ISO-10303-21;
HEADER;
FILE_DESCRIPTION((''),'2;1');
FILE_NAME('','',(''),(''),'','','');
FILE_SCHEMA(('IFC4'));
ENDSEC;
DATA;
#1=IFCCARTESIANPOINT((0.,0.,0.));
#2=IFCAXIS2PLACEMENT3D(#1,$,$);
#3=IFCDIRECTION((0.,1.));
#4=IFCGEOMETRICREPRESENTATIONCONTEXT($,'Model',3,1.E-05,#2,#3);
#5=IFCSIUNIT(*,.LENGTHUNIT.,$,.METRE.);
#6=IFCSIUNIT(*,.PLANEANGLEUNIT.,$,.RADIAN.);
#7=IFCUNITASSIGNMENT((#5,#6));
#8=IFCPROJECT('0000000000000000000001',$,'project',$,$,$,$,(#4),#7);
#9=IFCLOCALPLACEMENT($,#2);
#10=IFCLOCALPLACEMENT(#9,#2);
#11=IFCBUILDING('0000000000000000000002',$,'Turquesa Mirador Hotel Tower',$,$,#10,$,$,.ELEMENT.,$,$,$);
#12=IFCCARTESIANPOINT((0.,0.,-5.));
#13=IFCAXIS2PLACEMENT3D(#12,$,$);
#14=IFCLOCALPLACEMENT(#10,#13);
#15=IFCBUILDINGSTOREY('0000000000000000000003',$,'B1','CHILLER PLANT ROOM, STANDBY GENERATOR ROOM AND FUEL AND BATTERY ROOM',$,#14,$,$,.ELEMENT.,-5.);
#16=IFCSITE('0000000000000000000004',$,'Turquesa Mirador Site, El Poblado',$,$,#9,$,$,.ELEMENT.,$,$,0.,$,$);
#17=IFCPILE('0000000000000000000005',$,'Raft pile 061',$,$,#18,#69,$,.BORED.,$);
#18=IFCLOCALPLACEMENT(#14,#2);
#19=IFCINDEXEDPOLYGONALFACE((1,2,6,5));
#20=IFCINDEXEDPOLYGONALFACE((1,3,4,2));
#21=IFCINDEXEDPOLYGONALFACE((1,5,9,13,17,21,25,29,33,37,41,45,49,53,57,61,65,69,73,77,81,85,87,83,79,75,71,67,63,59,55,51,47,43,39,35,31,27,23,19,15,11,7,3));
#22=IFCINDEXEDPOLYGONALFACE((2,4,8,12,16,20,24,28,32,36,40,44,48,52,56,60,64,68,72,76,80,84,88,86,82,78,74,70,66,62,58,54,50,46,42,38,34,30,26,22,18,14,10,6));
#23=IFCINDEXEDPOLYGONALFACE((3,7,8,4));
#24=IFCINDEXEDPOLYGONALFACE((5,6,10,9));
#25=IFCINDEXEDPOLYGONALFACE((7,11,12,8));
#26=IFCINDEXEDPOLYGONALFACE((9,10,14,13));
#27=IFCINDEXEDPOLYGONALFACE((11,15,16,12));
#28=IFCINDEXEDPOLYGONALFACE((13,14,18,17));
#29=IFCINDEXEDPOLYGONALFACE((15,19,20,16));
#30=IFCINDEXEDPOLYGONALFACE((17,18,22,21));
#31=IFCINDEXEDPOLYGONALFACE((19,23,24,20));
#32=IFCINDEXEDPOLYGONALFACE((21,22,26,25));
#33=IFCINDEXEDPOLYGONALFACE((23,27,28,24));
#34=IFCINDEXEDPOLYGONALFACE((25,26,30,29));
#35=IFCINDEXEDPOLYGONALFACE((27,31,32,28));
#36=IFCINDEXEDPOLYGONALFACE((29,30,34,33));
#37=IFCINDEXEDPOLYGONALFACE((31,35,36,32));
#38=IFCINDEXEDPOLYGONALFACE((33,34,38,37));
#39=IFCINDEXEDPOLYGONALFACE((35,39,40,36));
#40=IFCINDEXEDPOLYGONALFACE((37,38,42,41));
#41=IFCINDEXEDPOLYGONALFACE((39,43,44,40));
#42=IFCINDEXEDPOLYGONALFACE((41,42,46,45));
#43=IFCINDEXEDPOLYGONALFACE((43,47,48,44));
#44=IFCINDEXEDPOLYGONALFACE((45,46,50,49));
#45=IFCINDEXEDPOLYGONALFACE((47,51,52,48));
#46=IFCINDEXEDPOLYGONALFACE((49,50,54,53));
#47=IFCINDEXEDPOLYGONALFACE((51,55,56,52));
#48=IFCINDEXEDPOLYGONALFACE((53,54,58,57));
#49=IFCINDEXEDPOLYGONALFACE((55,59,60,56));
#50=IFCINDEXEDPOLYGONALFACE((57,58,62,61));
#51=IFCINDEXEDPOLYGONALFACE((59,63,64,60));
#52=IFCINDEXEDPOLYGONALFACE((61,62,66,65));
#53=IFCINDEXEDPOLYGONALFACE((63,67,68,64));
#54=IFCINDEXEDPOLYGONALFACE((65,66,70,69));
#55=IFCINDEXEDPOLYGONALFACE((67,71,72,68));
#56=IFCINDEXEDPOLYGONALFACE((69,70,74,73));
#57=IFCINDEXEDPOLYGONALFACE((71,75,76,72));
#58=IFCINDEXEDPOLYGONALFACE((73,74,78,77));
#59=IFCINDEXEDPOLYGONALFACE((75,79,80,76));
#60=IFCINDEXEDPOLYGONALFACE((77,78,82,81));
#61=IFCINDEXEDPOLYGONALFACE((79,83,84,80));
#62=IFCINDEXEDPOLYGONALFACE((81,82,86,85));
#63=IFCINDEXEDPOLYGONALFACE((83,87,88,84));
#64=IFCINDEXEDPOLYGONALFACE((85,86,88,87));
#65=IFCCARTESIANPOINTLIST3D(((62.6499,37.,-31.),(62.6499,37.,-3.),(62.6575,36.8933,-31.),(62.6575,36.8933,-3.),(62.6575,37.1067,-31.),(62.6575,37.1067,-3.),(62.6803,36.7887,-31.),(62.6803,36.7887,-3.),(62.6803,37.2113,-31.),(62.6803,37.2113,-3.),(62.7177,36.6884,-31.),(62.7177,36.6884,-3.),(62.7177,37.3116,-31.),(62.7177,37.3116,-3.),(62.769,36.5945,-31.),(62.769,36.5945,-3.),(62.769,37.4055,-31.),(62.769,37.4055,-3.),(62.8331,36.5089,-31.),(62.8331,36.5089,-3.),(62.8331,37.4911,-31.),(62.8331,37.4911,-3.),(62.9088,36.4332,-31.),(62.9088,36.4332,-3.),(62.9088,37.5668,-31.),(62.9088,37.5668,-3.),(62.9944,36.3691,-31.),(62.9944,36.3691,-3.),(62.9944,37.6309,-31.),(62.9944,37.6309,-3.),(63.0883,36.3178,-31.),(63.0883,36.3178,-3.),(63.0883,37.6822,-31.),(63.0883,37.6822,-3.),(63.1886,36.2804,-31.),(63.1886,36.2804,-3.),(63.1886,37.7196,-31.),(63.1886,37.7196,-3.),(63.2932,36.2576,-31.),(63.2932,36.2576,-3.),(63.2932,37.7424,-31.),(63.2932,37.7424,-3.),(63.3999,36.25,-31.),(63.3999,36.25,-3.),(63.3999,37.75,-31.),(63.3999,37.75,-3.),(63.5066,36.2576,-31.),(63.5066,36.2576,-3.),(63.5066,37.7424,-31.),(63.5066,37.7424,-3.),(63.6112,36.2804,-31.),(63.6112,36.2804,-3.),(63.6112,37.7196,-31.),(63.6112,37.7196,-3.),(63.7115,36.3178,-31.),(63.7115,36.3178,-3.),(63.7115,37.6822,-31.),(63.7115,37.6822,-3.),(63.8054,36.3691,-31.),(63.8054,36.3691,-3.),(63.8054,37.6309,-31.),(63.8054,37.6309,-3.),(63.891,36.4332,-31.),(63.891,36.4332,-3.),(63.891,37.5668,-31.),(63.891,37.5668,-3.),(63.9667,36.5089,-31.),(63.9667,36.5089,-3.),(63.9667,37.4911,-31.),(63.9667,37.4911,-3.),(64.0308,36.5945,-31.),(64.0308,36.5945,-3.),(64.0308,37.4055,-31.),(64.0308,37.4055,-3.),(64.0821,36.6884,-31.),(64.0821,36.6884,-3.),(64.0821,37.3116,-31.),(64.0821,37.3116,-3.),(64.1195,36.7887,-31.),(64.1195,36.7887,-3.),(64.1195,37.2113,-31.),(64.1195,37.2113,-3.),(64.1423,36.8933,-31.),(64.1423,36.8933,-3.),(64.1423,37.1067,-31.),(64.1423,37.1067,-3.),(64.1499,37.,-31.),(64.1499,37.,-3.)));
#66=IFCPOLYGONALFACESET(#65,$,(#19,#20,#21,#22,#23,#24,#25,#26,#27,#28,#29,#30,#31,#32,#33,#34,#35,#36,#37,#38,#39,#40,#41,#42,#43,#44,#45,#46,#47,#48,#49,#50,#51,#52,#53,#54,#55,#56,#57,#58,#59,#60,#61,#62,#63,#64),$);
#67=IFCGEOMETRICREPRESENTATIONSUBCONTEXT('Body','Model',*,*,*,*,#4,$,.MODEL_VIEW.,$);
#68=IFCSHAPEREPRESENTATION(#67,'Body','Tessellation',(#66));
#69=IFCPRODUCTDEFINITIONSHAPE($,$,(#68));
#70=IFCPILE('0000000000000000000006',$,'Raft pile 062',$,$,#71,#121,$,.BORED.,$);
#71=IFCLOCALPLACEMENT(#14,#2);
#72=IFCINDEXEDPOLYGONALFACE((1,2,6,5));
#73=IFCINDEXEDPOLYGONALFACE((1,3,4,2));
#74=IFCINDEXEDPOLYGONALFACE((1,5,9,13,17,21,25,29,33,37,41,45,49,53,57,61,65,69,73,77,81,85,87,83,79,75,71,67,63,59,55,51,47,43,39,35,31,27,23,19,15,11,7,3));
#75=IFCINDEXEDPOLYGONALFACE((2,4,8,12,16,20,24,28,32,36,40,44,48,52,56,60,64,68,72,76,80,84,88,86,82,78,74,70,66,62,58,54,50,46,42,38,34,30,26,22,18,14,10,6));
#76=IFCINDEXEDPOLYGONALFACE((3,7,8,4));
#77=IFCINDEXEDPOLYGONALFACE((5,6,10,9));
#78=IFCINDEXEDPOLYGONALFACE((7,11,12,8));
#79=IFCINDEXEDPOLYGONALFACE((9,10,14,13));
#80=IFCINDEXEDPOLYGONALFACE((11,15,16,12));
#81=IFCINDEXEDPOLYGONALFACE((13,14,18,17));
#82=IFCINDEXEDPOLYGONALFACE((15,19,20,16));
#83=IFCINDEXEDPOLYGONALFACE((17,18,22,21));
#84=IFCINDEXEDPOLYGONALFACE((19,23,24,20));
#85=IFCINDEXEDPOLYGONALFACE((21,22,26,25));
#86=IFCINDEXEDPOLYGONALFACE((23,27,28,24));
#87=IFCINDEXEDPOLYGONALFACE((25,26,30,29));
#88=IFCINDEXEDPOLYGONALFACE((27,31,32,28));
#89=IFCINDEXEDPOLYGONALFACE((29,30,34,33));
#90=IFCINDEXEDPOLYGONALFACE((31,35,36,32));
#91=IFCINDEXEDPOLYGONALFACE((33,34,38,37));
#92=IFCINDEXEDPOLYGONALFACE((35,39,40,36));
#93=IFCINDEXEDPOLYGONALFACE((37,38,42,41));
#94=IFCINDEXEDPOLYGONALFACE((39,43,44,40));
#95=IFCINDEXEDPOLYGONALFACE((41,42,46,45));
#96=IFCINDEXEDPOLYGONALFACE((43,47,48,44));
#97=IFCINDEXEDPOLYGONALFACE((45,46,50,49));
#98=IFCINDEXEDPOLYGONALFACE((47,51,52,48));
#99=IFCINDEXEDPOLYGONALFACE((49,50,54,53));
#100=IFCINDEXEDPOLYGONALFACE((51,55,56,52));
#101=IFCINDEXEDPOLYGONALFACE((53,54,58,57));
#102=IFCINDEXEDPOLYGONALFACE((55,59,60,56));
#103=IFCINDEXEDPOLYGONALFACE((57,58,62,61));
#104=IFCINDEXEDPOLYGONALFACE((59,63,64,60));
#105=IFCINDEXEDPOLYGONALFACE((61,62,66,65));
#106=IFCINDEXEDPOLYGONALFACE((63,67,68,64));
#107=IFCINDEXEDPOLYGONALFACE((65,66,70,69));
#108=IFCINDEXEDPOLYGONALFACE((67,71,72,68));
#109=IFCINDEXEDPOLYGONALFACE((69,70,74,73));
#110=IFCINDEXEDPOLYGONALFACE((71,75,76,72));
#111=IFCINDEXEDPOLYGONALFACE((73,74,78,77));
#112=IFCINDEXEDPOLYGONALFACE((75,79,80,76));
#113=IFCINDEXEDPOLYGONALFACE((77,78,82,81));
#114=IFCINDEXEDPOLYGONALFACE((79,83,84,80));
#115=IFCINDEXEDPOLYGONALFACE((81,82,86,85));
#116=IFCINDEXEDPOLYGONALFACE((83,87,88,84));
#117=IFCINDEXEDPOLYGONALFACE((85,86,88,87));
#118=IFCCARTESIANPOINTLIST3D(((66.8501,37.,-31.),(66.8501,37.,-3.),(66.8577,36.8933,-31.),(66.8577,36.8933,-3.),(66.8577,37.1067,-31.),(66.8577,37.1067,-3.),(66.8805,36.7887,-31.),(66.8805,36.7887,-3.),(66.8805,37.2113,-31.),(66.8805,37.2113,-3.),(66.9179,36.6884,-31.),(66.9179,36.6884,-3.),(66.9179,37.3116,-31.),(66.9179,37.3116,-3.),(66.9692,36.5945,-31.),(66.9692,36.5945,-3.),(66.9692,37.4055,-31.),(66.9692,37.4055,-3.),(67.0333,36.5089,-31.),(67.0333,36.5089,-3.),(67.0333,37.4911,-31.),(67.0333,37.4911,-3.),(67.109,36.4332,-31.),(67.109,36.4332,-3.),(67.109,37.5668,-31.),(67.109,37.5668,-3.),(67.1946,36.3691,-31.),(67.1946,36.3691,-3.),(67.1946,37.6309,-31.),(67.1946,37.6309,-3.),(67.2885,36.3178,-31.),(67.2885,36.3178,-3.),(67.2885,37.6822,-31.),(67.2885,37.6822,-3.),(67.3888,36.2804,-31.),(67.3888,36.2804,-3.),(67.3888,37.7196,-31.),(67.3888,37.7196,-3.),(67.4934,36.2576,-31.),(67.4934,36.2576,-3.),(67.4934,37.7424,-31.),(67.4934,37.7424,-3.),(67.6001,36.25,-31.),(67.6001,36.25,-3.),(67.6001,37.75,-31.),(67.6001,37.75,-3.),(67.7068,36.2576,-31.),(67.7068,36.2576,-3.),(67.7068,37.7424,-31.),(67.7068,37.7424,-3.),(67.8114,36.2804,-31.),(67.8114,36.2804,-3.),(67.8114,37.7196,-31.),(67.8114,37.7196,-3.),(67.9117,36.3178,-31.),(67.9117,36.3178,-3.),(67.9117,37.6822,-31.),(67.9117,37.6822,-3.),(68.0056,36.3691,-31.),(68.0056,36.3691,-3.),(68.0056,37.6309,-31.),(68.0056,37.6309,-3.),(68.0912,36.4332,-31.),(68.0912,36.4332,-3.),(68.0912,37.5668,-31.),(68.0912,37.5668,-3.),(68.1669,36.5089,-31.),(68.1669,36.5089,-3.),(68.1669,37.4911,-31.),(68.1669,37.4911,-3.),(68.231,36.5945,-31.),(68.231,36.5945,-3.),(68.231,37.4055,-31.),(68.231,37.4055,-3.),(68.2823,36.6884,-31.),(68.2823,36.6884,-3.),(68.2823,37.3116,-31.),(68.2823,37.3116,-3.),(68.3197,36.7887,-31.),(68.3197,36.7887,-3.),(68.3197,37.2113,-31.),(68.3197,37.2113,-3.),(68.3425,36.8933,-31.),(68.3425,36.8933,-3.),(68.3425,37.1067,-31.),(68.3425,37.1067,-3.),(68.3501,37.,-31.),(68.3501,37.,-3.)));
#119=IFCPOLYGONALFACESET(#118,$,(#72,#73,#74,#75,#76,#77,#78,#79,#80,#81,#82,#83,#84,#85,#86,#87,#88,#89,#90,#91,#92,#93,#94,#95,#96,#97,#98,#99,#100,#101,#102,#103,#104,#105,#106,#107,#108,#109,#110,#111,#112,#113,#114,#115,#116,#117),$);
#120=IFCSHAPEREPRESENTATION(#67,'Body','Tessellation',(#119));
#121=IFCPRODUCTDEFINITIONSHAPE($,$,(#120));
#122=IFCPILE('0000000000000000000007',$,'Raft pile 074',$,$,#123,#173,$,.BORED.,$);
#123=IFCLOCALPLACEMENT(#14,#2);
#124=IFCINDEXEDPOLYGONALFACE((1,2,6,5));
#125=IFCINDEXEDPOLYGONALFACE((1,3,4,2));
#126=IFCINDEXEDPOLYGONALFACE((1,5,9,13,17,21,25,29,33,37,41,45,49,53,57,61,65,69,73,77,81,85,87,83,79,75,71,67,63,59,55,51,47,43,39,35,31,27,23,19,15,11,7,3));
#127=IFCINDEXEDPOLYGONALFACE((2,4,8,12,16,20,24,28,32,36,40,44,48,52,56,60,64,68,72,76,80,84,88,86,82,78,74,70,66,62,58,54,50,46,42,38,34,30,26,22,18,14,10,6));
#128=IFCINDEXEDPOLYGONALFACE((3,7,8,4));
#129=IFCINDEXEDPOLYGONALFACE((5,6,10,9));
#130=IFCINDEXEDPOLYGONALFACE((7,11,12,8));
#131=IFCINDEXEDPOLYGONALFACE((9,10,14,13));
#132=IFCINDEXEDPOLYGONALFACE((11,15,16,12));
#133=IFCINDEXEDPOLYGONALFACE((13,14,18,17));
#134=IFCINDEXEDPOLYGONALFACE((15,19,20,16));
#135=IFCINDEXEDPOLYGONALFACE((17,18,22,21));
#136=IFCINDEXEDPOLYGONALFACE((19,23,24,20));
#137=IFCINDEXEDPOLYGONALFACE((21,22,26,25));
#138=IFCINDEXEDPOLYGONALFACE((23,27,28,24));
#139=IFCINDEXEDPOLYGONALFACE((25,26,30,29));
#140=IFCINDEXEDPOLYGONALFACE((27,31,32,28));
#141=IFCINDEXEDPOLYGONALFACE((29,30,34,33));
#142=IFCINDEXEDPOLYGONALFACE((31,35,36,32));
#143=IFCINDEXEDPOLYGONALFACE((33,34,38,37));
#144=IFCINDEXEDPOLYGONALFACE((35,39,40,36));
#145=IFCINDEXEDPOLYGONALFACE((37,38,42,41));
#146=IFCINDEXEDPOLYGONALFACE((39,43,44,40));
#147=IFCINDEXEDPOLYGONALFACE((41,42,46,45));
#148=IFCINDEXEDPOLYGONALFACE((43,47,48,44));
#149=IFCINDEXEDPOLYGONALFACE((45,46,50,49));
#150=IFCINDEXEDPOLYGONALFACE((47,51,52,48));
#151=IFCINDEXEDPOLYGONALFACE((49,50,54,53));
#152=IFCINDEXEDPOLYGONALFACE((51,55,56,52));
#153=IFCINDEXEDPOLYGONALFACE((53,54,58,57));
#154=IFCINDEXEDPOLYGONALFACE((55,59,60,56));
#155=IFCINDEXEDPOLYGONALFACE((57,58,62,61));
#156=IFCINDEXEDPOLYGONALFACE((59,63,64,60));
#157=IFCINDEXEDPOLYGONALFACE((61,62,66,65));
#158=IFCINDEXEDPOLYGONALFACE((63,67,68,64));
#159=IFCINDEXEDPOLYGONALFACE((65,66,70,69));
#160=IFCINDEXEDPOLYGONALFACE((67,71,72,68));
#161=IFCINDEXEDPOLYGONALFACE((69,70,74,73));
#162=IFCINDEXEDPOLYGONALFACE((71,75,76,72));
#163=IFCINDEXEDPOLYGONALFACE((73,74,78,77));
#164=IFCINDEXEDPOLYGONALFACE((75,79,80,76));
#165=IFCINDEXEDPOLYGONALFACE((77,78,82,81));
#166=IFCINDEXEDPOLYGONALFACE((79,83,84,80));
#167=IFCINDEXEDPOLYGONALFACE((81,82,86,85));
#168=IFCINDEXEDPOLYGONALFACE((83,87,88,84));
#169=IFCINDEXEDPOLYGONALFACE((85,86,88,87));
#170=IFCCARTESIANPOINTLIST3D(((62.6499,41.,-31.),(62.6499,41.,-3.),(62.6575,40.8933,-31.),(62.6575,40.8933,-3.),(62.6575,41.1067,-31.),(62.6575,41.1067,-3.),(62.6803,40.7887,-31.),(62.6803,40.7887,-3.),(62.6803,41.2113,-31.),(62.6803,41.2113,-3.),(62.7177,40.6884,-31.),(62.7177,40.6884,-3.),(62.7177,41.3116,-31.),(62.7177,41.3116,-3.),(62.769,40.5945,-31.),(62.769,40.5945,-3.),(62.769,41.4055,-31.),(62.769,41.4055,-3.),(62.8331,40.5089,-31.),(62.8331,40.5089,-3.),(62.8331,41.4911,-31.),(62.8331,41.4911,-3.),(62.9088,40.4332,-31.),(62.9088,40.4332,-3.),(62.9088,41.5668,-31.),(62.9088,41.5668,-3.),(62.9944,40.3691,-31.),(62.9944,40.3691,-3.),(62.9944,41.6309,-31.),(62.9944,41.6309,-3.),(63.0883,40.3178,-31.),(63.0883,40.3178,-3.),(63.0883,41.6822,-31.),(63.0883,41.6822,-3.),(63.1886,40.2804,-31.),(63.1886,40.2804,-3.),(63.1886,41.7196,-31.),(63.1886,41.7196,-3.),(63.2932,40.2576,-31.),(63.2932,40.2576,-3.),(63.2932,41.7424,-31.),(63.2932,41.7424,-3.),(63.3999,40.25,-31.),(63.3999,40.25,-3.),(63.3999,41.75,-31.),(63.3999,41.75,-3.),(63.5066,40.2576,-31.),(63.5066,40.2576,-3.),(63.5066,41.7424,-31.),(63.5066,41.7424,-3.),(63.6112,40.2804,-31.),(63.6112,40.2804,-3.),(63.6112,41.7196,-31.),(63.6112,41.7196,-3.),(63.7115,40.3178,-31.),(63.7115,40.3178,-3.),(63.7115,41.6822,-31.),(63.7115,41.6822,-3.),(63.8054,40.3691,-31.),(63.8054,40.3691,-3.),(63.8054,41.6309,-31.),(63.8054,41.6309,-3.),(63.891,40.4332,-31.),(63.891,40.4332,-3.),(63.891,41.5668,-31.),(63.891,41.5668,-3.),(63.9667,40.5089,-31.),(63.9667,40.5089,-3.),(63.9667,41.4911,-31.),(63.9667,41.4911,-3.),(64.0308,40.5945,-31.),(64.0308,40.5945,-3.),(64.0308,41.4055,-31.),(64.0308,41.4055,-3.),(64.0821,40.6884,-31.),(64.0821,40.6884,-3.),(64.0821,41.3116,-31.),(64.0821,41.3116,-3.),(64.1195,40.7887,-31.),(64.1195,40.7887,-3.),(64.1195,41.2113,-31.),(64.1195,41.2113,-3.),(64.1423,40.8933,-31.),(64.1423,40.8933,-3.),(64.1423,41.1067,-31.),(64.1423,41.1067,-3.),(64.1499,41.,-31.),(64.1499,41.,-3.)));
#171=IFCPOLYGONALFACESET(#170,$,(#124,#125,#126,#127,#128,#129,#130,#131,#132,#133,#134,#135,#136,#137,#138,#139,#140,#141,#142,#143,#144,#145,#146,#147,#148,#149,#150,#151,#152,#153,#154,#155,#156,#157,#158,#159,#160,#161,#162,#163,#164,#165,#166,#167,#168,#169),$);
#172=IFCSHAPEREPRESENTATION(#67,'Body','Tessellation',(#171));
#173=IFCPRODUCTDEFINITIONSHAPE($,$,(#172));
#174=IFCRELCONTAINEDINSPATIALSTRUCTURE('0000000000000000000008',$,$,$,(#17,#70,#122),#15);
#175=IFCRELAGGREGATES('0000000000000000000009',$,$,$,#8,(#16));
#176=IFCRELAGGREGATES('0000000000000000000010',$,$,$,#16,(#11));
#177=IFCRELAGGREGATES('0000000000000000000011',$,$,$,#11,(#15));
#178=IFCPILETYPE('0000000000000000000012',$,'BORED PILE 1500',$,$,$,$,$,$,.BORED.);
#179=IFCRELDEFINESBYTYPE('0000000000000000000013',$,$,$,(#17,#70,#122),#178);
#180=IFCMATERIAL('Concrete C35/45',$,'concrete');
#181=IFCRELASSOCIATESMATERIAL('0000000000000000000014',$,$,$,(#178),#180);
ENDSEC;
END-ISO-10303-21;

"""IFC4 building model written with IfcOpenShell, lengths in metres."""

from ifc_helpers import new_model, si_unit, direction, frame, origin, origin_2d, place, context, subcontext, project, spatial, circle, extrude, material, type_object, element, save


model = new_model("IFC4")

# Units and contexts
model_context = context("Model", 3, precision=1e-05, world=origin(), true_north=direction((0.0, 1.0)))
body_context = subcontext(model_context, "Body", "Model", "MODEL_VIEW")
ifc_project = project(units=[si_unit("LENGTHUNIT", "METRE"), si_unit("PLANEANGLEUNIT", "RADIAN")], contexts=[model_context])

# Site, building, storey
site_placement = place(None, origin())
site = spatial("IfcSite", under=ifc_project, at=site_placement, Name="Turquesa Mirador Site, El Poblado", CompositionType="ELEMENT", RefElevation=0.0)
building_placement = place(site_placement, origin())
building = spatial("IfcBuilding", under=site, at=building_placement, Name="Turquesa Mirador Hotel Tower", CompositionType="ELEMENT")
storey_placement = place(building_placement, frame((0.0, 0.0, -5.0)))
storey = spatial("IfcBuildingStorey", under=building, at=storey_placement, Name="B1", Description="CHILLER PLANT ROOM, STANDBY GENERATOR ROOM AND FUEL AND BATTERY ROOM", CompositionType="ELEMENT", Elevation=-5.0)

# Piles
ifc_material_1 = material(Name="Concrete C35/45", Category="concrete")
pile_type = type_object("IfcPileType", Name="BORED PILE 1500", PredefinedType="BORED", material=ifc_material_1)
for number, where, z_axis, x_axis, name in (
    (1, (63.3999, 37.0, -3.0), (0.0, 0.0, -1.0), (1.0, 0.0, 0.0), "Raft pile 061"),
    (2, (67.6001, 37.0, -3.0), (0.0, 0.0, -1.0), (1.0, 0.0, 0.0), "Raft pile 062"),
    (3, (63.3999, 41.0, -3.0), (0.0, 0.0, -1.0), (1.0, 0.0, 0.0), "Raft pile 074"),
):
    element("IfcPile", number, at=place(storey_placement, frame(where, z_axis=z_axis, x_axis=x_axis)), inside=storey, type_object=pile_type, Name=name, PredefinedType="BORED", context=body_context, shape_type="SweptSolid", body=[
        extrude(circle(Radius=0.75, at=origin_2d()), origin(), (0.0, 0.0, 1.0), 28.0),
    ])

save(model, "model.ifc")
